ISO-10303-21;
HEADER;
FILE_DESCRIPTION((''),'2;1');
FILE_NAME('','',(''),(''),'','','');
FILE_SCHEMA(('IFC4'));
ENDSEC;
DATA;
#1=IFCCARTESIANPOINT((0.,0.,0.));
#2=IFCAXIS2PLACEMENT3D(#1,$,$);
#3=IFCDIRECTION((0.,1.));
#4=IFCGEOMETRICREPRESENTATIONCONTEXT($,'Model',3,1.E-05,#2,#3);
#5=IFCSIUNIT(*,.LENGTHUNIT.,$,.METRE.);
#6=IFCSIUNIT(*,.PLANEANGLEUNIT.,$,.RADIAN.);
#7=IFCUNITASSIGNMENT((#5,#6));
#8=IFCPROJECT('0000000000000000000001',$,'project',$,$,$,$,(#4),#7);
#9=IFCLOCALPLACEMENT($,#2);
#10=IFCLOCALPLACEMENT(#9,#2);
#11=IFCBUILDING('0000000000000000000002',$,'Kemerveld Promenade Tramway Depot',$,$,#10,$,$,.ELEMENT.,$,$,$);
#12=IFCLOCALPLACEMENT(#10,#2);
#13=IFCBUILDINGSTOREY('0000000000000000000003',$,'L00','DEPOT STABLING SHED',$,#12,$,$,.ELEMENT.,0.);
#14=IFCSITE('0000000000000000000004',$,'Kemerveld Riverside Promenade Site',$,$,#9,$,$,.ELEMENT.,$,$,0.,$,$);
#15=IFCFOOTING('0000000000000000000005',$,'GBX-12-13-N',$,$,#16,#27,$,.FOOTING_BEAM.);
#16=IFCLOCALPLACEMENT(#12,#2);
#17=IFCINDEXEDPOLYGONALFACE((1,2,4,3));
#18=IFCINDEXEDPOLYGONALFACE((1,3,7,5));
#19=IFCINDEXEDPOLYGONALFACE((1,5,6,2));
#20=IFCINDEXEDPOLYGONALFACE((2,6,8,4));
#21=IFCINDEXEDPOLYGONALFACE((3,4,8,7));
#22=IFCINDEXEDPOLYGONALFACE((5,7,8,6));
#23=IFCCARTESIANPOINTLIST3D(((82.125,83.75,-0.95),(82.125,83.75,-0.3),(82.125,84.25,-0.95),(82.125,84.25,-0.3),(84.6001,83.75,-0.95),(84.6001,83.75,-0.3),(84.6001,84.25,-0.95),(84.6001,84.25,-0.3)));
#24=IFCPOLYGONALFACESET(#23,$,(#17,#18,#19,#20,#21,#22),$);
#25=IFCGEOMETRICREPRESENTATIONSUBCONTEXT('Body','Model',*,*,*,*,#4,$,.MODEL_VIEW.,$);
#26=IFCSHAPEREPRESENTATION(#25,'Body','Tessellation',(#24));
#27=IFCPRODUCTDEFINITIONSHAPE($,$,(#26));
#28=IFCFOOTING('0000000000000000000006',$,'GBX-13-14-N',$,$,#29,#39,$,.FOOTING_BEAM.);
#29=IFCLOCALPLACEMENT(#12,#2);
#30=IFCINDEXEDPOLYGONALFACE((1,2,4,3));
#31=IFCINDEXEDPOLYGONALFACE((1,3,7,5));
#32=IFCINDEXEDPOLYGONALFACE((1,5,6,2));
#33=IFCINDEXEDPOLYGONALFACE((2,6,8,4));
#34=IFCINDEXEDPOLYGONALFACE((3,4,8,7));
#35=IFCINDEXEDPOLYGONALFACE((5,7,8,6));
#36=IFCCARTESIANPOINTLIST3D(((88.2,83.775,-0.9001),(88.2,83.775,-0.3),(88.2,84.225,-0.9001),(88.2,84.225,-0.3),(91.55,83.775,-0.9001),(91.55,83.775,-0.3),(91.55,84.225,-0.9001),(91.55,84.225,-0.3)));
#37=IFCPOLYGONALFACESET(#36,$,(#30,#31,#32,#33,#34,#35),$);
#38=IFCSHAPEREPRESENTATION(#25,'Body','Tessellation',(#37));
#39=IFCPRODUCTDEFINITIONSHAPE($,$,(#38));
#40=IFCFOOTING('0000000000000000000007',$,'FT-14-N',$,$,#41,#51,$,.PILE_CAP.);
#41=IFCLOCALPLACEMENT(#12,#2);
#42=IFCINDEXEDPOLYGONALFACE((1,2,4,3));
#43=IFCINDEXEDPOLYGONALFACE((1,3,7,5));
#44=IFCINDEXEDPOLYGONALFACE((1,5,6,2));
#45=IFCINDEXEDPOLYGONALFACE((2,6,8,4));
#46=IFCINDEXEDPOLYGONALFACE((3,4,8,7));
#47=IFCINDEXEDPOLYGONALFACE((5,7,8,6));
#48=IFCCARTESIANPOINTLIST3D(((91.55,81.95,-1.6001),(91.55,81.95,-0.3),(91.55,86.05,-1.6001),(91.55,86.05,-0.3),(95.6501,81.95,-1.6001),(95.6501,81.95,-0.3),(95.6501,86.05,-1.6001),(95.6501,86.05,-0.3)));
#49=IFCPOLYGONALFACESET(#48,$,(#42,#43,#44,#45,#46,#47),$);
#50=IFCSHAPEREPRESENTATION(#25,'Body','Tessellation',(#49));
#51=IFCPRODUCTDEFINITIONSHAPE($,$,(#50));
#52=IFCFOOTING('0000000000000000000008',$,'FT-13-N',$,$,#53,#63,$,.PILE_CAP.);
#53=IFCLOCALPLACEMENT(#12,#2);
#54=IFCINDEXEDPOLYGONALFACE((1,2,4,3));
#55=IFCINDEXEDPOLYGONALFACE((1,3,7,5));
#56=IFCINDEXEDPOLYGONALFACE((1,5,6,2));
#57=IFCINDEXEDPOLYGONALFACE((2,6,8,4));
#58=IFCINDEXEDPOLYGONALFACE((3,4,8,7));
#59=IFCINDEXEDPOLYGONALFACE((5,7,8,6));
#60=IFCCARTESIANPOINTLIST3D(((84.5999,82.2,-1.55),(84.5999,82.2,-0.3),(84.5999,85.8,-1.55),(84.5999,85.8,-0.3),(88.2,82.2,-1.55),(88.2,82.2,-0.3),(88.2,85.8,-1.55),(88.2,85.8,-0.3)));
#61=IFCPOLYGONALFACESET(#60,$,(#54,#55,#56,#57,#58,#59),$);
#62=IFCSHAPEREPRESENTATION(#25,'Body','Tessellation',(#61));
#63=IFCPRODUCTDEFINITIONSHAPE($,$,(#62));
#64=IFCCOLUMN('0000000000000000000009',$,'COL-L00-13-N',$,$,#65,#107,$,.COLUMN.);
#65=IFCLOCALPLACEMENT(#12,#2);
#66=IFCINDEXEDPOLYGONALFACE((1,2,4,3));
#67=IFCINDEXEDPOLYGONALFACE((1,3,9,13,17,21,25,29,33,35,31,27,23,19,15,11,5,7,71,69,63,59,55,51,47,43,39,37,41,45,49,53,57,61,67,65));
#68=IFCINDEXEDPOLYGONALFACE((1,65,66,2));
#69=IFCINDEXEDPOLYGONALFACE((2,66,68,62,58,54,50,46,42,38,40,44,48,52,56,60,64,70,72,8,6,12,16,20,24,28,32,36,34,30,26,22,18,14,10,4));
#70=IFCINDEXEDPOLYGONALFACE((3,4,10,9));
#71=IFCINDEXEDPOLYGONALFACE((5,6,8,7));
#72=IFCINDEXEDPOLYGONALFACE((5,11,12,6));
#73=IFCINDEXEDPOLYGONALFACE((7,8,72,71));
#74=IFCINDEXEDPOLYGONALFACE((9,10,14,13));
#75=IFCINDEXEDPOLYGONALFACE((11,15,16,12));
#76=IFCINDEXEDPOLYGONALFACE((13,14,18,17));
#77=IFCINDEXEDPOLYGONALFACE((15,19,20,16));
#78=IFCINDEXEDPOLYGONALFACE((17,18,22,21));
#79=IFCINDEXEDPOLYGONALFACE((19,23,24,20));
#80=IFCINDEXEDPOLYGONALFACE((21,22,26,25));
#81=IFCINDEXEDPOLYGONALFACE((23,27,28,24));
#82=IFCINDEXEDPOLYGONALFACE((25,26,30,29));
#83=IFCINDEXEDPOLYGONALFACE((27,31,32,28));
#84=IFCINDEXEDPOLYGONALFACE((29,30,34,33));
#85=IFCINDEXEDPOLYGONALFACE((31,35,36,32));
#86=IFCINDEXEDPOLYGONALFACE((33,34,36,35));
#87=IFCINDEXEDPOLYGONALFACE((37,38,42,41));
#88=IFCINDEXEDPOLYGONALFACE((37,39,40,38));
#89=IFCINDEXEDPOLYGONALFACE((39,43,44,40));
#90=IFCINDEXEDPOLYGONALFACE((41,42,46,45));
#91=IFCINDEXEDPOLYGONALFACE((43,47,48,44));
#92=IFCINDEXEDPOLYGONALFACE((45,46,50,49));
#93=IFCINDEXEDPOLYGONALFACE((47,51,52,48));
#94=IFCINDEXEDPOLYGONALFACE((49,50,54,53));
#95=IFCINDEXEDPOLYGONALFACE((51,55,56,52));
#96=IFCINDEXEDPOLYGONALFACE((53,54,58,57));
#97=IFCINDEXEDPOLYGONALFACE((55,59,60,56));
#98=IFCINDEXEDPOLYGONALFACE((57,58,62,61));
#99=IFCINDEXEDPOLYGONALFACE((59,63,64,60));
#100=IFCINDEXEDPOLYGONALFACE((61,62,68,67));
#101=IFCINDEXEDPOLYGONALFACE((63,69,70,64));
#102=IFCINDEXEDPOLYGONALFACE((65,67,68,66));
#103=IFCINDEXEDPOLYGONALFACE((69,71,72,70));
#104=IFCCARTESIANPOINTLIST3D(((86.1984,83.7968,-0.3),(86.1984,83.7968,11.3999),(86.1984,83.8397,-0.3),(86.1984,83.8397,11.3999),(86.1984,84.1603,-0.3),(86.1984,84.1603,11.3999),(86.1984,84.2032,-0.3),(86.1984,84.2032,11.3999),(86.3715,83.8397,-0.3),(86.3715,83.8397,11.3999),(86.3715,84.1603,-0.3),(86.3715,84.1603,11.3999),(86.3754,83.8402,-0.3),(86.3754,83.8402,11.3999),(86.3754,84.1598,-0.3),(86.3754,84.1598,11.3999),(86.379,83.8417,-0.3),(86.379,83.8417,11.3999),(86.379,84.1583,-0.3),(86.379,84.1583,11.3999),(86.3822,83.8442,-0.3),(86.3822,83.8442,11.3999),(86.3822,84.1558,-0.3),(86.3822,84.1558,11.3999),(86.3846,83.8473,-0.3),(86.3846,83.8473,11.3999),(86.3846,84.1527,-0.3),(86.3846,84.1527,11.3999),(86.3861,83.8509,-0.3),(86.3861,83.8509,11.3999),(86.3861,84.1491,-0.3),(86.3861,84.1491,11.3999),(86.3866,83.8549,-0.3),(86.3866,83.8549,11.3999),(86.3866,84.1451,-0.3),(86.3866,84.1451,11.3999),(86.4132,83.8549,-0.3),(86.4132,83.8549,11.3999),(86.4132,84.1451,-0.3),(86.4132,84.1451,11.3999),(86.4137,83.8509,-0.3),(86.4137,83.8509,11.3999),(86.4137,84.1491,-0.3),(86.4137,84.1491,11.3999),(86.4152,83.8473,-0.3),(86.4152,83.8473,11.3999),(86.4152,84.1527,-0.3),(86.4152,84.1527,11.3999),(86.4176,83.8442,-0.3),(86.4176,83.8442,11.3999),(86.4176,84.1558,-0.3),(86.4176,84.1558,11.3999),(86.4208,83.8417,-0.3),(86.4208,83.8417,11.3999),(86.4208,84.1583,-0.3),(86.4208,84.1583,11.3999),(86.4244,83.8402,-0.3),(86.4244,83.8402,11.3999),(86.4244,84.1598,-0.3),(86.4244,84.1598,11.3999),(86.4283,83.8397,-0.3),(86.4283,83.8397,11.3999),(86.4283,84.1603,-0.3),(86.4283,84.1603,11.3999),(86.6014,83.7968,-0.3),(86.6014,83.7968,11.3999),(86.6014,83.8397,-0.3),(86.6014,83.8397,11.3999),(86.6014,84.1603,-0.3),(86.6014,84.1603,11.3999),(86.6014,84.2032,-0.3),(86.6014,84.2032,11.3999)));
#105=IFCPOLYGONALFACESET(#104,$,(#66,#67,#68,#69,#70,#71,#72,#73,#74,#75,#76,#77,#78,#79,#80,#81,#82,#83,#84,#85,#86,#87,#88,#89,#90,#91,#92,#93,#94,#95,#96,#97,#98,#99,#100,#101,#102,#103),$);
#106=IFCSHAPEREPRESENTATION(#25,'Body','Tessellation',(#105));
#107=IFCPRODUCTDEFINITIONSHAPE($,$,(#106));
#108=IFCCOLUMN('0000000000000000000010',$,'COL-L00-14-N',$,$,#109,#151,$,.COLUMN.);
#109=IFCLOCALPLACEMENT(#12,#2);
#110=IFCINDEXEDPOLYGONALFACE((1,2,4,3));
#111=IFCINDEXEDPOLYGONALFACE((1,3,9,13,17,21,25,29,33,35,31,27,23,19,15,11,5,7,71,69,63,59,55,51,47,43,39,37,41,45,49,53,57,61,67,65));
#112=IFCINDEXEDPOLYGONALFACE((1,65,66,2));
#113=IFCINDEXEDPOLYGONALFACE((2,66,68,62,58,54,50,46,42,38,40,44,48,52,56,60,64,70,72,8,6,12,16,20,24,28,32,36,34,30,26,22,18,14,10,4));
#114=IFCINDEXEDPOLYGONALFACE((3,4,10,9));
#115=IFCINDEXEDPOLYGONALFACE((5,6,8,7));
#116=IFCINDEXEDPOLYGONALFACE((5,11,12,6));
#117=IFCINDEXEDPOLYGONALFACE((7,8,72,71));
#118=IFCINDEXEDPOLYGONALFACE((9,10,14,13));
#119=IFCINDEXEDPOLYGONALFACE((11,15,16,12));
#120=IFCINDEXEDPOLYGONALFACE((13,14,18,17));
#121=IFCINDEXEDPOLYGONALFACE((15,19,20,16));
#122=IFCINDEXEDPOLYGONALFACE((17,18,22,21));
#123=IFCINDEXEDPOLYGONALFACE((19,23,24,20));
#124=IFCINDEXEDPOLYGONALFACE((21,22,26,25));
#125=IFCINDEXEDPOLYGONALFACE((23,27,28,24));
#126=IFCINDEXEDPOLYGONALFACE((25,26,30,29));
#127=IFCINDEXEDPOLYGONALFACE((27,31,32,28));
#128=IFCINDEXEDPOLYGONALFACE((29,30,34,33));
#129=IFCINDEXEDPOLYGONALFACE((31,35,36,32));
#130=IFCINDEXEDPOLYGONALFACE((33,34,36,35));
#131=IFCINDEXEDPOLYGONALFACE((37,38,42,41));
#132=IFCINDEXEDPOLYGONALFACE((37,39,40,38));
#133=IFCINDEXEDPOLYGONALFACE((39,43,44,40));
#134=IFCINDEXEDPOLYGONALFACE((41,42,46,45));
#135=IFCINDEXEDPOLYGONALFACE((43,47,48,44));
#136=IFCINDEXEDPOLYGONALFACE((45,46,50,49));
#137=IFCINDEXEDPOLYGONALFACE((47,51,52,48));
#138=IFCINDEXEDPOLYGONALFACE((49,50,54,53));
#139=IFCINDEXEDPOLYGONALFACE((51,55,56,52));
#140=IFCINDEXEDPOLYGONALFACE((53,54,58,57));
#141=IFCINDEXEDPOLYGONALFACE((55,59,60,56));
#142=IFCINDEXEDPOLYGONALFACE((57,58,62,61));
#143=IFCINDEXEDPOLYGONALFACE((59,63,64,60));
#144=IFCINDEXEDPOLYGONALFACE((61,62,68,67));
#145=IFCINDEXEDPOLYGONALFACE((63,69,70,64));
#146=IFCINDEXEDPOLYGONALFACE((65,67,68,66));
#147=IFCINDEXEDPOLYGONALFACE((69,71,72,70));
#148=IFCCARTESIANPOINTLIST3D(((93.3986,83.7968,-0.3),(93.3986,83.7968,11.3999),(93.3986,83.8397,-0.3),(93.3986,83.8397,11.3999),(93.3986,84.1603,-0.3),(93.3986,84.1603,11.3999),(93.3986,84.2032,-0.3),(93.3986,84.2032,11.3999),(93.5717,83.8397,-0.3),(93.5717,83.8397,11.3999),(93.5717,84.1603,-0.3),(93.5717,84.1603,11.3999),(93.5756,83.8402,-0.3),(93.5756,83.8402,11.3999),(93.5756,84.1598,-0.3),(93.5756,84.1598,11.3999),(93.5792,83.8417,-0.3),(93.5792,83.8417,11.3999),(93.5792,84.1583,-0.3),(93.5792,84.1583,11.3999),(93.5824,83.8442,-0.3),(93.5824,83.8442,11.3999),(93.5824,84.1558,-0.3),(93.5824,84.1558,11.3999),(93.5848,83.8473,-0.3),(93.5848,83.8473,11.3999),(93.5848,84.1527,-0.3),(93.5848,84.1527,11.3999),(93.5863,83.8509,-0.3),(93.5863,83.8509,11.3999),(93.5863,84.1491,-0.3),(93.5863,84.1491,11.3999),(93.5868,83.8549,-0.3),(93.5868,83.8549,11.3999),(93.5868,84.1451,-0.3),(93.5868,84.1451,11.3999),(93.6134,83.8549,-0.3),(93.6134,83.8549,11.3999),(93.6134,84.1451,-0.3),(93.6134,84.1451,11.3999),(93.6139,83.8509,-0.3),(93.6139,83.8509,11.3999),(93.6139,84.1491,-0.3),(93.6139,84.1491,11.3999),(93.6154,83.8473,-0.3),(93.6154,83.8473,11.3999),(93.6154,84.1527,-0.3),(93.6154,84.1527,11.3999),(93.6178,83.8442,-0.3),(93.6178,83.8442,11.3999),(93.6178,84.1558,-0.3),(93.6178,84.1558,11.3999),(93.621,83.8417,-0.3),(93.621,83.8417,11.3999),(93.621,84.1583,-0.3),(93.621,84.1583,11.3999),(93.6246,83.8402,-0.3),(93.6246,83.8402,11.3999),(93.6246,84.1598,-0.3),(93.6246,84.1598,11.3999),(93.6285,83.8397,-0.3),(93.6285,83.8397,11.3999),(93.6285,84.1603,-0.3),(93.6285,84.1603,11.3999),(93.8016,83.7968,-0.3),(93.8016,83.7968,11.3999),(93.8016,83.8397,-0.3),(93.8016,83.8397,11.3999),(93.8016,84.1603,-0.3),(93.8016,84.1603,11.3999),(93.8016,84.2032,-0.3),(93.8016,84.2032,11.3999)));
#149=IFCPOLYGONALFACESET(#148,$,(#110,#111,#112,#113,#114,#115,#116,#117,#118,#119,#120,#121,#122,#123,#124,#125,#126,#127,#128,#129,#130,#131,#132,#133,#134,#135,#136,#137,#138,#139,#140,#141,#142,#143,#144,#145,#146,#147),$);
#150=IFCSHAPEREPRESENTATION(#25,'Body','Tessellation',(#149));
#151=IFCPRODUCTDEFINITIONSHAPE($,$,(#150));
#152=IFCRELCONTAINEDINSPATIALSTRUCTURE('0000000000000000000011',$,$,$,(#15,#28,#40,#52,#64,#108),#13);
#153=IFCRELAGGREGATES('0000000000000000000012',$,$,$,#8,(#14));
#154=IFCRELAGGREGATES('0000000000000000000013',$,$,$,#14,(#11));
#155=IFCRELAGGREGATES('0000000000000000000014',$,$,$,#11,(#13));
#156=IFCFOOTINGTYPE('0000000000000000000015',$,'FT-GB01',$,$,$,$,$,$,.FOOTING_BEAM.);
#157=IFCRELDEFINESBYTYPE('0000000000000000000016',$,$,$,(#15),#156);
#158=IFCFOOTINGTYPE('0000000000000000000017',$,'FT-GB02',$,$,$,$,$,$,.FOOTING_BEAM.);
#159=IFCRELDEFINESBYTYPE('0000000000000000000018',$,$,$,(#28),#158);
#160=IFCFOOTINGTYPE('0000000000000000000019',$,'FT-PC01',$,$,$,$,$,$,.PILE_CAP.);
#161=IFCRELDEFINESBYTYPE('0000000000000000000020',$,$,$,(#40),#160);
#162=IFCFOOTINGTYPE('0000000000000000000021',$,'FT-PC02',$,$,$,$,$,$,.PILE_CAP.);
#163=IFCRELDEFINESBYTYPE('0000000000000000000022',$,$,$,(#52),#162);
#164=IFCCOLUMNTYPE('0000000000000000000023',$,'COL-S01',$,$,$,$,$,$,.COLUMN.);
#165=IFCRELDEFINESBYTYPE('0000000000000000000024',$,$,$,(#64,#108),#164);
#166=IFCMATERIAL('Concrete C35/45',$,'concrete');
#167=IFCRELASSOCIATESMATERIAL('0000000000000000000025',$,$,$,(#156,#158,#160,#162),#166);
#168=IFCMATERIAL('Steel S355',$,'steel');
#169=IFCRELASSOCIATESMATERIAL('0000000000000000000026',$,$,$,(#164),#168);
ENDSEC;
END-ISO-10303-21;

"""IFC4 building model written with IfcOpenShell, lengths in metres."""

from ifc_helpers import new_model, si_unit, direction, frame, origin, origin_2d, place, context, subcontext, project, spatial, rectangle, i_section, extrude, material, material_profile, profile_set, type_object, element, save


model = new_model("IFC4")

# Units and contexts
model_context = context("Model", 3, precision=1e-05, world=origin(), true_north=direction((0.0, 1.0)))
body_context = subcontext(model_context, "Body", "Model", "MODEL_VIEW")
ifc_project = project(units=[si_unit("LENGTHUNIT", "METRE"), si_unit("PLANEANGLEUNIT", "RADIAN")], contexts=[model_context])

# Site, building, storey
site_placement = place(None, origin())
site = spatial("IfcSite", under=ifc_project, at=site_placement, Name="Kemerveld Riverside Promenade Site", CompositionType="ELEMENT", RefElevation=0.0)
building_placement = place(site_placement, origin())
building = spatial("IfcBuilding", under=site, at=building_placement, Name="Kemerveld Promenade Tramway Depot", CompositionType="ELEMENT")
storey_placement = place(building_placement, origin())
storey = spatial("IfcBuildingStorey", under=building, at=storey_placement, Name="L00", Description="DEPOT STABLING SHED", CompositionType="ELEMENT", Elevation=0.0)

# Footings
ifc_material_1 = material(Name="Concrete C35/45", Category="concrete")
footing_type_1 = type_object("IfcFootingType", Name="FT-GB01", PredefinedType="FOOTING_BEAM", material=ifc_material_1)
footing_1_placement = place(storey_placement, frame((83.3625, 84.0, -0.95), z_axis=(0.0, 0.0, 1.0), x_axis=(1.0, 0.0, 0.0)))
element("IfcFooting", 1, at=footing_1_placement, inside=storey, type_object=footing_type_1, Name="GBX-12-13-N", PredefinedType="FOOTING_BEAM", context=body_context, shape_type="SweptSolid", body=[
    extrude(rectangle(XDim=2.4751, YDim=0.5, at=origin_2d()), origin(), (0.0, 0.0, 1.0), 0.6499),
])
footing_type_2 = type_object("IfcFootingType", Name="FT-GB02", PredefinedType="FOOTING_BEAM", material=ifc_material_1)
footing_2_placement = place(storey_placement, frame((89.875, 84.0, -0.9001), z_axis=(0.0, 0.0, 1.0), x_axis=(1.0, 0.0, 0.0)))
element("IfcFooting", 2, at=footing_2_placement, inside=storey, type_object=footing_type_2, Name="GBX-13-14-N", PredefinedType="FOOTING_BEAM", context=body_context, shape_type="SweptSolid", body=[
    extrude(rectangle(XDim=3.3501, YDim=0.45, at=origin_2d()), origin(), (0.0, 0.0, 1.0), 0.6001),
])
footing_type_3 = type_object("IfcFootingType", Name="FT-PC01", PredefinedType="PILE_CAP", material=ifc_material_1)
footing_3_placement = place(storey_placement, frame((93.6001, 84.0, -1.6001), z_axis=(0.0, 0.0, 1.0), x_axis=(1.0, 0.0, 0.0)))
element("IfcFooting", 3, at=footing_3_placement, inside=storey, type_object=footing_type_3, Name="FT-14-N", PredefinedType="PILE_CAP", context=body_context, shape_type="SweptSolid", body=[
    extrude(rectangle(XDim=4.1001, YDim=4.1001, at=origin_2d()), origin(), (0.0, 0.0, 1.0), 1.3),
])
footing_type_4 = type_object("IfcFootingType", Name="FT-PC02", PredefinedType="PILE_CAP", material=ifc_material_1)
footing_4_placement = place(storey_placement, frame((86.3999, 84.0, -1.55), z_axis=(0.0, 0.0, 1.0), x_axis=(1.0, 0.0, 0.0)))
element("IfcFooting", 4, at=footing_4_placement, inside=storey, type_object=footing_type_4, Name="FT-13-N", PredefinedType="PILE_CAP", context=body_context, shape_type="SweptSolid", body=[
    extrude(rectangle(XDim=3.6001, YDim=3.6001, at=origin_2d()), origin(), (0.0, 0.0, 1.0), 1.25),
])

# Columns
ifc_material_2 = material(Name="Steel S355", Category="steel")
ifc_material_profile_1 = material_profile(ifc_material_2, i_section(OverallWidth=0.4031, OverallDepth=0.4065, WebThickness=0.0266, FlangeThickness=0.043, FilletRadius=0.0151, at=origin_2d()), Name="356x406x340 UC")
ifc_profile_set_1 = profile_set([ifc_material_profile_1], Name="Steel S355")
column_type = type_object("IfcColumnType", Name="COL-S01", PredefinedType="COLUMN", material=ifc_profile_set_1)
for number, where, z_axis, x_axis, name in (
    (5, (86.3999, 84.0, -0.3), (0.0, 0.0, 1.0), (1.0, 0.0, 0.0), "COL-L00-13-N"),
    (6, (93.6001, 84.0, -0.3), (0.0, 0.0, 1.0), (1.0, 0.0, 0.0), "COL-L00-14-N"),
):
    element("IfcColumn", number, at=place(storey_placement, frame(where, z_axis=z_axis, x_axis=x_axis)), inside=storey, type_object=column_type, Name=name, PredefinedType="COLUMN", context=body_context, shape_type="SweptSolid", body=[
        extrude(i_section(OverallWidth=0.4031, OverallDepth=0.4065, WebThickness=0.0266, FlangeThickness=0.043, FilletRadius=0.0151, at=origin_2d()), origin(), (0.0, 0.0, 1.0), 11.7),
    ])

save(model, "model.ifc")
